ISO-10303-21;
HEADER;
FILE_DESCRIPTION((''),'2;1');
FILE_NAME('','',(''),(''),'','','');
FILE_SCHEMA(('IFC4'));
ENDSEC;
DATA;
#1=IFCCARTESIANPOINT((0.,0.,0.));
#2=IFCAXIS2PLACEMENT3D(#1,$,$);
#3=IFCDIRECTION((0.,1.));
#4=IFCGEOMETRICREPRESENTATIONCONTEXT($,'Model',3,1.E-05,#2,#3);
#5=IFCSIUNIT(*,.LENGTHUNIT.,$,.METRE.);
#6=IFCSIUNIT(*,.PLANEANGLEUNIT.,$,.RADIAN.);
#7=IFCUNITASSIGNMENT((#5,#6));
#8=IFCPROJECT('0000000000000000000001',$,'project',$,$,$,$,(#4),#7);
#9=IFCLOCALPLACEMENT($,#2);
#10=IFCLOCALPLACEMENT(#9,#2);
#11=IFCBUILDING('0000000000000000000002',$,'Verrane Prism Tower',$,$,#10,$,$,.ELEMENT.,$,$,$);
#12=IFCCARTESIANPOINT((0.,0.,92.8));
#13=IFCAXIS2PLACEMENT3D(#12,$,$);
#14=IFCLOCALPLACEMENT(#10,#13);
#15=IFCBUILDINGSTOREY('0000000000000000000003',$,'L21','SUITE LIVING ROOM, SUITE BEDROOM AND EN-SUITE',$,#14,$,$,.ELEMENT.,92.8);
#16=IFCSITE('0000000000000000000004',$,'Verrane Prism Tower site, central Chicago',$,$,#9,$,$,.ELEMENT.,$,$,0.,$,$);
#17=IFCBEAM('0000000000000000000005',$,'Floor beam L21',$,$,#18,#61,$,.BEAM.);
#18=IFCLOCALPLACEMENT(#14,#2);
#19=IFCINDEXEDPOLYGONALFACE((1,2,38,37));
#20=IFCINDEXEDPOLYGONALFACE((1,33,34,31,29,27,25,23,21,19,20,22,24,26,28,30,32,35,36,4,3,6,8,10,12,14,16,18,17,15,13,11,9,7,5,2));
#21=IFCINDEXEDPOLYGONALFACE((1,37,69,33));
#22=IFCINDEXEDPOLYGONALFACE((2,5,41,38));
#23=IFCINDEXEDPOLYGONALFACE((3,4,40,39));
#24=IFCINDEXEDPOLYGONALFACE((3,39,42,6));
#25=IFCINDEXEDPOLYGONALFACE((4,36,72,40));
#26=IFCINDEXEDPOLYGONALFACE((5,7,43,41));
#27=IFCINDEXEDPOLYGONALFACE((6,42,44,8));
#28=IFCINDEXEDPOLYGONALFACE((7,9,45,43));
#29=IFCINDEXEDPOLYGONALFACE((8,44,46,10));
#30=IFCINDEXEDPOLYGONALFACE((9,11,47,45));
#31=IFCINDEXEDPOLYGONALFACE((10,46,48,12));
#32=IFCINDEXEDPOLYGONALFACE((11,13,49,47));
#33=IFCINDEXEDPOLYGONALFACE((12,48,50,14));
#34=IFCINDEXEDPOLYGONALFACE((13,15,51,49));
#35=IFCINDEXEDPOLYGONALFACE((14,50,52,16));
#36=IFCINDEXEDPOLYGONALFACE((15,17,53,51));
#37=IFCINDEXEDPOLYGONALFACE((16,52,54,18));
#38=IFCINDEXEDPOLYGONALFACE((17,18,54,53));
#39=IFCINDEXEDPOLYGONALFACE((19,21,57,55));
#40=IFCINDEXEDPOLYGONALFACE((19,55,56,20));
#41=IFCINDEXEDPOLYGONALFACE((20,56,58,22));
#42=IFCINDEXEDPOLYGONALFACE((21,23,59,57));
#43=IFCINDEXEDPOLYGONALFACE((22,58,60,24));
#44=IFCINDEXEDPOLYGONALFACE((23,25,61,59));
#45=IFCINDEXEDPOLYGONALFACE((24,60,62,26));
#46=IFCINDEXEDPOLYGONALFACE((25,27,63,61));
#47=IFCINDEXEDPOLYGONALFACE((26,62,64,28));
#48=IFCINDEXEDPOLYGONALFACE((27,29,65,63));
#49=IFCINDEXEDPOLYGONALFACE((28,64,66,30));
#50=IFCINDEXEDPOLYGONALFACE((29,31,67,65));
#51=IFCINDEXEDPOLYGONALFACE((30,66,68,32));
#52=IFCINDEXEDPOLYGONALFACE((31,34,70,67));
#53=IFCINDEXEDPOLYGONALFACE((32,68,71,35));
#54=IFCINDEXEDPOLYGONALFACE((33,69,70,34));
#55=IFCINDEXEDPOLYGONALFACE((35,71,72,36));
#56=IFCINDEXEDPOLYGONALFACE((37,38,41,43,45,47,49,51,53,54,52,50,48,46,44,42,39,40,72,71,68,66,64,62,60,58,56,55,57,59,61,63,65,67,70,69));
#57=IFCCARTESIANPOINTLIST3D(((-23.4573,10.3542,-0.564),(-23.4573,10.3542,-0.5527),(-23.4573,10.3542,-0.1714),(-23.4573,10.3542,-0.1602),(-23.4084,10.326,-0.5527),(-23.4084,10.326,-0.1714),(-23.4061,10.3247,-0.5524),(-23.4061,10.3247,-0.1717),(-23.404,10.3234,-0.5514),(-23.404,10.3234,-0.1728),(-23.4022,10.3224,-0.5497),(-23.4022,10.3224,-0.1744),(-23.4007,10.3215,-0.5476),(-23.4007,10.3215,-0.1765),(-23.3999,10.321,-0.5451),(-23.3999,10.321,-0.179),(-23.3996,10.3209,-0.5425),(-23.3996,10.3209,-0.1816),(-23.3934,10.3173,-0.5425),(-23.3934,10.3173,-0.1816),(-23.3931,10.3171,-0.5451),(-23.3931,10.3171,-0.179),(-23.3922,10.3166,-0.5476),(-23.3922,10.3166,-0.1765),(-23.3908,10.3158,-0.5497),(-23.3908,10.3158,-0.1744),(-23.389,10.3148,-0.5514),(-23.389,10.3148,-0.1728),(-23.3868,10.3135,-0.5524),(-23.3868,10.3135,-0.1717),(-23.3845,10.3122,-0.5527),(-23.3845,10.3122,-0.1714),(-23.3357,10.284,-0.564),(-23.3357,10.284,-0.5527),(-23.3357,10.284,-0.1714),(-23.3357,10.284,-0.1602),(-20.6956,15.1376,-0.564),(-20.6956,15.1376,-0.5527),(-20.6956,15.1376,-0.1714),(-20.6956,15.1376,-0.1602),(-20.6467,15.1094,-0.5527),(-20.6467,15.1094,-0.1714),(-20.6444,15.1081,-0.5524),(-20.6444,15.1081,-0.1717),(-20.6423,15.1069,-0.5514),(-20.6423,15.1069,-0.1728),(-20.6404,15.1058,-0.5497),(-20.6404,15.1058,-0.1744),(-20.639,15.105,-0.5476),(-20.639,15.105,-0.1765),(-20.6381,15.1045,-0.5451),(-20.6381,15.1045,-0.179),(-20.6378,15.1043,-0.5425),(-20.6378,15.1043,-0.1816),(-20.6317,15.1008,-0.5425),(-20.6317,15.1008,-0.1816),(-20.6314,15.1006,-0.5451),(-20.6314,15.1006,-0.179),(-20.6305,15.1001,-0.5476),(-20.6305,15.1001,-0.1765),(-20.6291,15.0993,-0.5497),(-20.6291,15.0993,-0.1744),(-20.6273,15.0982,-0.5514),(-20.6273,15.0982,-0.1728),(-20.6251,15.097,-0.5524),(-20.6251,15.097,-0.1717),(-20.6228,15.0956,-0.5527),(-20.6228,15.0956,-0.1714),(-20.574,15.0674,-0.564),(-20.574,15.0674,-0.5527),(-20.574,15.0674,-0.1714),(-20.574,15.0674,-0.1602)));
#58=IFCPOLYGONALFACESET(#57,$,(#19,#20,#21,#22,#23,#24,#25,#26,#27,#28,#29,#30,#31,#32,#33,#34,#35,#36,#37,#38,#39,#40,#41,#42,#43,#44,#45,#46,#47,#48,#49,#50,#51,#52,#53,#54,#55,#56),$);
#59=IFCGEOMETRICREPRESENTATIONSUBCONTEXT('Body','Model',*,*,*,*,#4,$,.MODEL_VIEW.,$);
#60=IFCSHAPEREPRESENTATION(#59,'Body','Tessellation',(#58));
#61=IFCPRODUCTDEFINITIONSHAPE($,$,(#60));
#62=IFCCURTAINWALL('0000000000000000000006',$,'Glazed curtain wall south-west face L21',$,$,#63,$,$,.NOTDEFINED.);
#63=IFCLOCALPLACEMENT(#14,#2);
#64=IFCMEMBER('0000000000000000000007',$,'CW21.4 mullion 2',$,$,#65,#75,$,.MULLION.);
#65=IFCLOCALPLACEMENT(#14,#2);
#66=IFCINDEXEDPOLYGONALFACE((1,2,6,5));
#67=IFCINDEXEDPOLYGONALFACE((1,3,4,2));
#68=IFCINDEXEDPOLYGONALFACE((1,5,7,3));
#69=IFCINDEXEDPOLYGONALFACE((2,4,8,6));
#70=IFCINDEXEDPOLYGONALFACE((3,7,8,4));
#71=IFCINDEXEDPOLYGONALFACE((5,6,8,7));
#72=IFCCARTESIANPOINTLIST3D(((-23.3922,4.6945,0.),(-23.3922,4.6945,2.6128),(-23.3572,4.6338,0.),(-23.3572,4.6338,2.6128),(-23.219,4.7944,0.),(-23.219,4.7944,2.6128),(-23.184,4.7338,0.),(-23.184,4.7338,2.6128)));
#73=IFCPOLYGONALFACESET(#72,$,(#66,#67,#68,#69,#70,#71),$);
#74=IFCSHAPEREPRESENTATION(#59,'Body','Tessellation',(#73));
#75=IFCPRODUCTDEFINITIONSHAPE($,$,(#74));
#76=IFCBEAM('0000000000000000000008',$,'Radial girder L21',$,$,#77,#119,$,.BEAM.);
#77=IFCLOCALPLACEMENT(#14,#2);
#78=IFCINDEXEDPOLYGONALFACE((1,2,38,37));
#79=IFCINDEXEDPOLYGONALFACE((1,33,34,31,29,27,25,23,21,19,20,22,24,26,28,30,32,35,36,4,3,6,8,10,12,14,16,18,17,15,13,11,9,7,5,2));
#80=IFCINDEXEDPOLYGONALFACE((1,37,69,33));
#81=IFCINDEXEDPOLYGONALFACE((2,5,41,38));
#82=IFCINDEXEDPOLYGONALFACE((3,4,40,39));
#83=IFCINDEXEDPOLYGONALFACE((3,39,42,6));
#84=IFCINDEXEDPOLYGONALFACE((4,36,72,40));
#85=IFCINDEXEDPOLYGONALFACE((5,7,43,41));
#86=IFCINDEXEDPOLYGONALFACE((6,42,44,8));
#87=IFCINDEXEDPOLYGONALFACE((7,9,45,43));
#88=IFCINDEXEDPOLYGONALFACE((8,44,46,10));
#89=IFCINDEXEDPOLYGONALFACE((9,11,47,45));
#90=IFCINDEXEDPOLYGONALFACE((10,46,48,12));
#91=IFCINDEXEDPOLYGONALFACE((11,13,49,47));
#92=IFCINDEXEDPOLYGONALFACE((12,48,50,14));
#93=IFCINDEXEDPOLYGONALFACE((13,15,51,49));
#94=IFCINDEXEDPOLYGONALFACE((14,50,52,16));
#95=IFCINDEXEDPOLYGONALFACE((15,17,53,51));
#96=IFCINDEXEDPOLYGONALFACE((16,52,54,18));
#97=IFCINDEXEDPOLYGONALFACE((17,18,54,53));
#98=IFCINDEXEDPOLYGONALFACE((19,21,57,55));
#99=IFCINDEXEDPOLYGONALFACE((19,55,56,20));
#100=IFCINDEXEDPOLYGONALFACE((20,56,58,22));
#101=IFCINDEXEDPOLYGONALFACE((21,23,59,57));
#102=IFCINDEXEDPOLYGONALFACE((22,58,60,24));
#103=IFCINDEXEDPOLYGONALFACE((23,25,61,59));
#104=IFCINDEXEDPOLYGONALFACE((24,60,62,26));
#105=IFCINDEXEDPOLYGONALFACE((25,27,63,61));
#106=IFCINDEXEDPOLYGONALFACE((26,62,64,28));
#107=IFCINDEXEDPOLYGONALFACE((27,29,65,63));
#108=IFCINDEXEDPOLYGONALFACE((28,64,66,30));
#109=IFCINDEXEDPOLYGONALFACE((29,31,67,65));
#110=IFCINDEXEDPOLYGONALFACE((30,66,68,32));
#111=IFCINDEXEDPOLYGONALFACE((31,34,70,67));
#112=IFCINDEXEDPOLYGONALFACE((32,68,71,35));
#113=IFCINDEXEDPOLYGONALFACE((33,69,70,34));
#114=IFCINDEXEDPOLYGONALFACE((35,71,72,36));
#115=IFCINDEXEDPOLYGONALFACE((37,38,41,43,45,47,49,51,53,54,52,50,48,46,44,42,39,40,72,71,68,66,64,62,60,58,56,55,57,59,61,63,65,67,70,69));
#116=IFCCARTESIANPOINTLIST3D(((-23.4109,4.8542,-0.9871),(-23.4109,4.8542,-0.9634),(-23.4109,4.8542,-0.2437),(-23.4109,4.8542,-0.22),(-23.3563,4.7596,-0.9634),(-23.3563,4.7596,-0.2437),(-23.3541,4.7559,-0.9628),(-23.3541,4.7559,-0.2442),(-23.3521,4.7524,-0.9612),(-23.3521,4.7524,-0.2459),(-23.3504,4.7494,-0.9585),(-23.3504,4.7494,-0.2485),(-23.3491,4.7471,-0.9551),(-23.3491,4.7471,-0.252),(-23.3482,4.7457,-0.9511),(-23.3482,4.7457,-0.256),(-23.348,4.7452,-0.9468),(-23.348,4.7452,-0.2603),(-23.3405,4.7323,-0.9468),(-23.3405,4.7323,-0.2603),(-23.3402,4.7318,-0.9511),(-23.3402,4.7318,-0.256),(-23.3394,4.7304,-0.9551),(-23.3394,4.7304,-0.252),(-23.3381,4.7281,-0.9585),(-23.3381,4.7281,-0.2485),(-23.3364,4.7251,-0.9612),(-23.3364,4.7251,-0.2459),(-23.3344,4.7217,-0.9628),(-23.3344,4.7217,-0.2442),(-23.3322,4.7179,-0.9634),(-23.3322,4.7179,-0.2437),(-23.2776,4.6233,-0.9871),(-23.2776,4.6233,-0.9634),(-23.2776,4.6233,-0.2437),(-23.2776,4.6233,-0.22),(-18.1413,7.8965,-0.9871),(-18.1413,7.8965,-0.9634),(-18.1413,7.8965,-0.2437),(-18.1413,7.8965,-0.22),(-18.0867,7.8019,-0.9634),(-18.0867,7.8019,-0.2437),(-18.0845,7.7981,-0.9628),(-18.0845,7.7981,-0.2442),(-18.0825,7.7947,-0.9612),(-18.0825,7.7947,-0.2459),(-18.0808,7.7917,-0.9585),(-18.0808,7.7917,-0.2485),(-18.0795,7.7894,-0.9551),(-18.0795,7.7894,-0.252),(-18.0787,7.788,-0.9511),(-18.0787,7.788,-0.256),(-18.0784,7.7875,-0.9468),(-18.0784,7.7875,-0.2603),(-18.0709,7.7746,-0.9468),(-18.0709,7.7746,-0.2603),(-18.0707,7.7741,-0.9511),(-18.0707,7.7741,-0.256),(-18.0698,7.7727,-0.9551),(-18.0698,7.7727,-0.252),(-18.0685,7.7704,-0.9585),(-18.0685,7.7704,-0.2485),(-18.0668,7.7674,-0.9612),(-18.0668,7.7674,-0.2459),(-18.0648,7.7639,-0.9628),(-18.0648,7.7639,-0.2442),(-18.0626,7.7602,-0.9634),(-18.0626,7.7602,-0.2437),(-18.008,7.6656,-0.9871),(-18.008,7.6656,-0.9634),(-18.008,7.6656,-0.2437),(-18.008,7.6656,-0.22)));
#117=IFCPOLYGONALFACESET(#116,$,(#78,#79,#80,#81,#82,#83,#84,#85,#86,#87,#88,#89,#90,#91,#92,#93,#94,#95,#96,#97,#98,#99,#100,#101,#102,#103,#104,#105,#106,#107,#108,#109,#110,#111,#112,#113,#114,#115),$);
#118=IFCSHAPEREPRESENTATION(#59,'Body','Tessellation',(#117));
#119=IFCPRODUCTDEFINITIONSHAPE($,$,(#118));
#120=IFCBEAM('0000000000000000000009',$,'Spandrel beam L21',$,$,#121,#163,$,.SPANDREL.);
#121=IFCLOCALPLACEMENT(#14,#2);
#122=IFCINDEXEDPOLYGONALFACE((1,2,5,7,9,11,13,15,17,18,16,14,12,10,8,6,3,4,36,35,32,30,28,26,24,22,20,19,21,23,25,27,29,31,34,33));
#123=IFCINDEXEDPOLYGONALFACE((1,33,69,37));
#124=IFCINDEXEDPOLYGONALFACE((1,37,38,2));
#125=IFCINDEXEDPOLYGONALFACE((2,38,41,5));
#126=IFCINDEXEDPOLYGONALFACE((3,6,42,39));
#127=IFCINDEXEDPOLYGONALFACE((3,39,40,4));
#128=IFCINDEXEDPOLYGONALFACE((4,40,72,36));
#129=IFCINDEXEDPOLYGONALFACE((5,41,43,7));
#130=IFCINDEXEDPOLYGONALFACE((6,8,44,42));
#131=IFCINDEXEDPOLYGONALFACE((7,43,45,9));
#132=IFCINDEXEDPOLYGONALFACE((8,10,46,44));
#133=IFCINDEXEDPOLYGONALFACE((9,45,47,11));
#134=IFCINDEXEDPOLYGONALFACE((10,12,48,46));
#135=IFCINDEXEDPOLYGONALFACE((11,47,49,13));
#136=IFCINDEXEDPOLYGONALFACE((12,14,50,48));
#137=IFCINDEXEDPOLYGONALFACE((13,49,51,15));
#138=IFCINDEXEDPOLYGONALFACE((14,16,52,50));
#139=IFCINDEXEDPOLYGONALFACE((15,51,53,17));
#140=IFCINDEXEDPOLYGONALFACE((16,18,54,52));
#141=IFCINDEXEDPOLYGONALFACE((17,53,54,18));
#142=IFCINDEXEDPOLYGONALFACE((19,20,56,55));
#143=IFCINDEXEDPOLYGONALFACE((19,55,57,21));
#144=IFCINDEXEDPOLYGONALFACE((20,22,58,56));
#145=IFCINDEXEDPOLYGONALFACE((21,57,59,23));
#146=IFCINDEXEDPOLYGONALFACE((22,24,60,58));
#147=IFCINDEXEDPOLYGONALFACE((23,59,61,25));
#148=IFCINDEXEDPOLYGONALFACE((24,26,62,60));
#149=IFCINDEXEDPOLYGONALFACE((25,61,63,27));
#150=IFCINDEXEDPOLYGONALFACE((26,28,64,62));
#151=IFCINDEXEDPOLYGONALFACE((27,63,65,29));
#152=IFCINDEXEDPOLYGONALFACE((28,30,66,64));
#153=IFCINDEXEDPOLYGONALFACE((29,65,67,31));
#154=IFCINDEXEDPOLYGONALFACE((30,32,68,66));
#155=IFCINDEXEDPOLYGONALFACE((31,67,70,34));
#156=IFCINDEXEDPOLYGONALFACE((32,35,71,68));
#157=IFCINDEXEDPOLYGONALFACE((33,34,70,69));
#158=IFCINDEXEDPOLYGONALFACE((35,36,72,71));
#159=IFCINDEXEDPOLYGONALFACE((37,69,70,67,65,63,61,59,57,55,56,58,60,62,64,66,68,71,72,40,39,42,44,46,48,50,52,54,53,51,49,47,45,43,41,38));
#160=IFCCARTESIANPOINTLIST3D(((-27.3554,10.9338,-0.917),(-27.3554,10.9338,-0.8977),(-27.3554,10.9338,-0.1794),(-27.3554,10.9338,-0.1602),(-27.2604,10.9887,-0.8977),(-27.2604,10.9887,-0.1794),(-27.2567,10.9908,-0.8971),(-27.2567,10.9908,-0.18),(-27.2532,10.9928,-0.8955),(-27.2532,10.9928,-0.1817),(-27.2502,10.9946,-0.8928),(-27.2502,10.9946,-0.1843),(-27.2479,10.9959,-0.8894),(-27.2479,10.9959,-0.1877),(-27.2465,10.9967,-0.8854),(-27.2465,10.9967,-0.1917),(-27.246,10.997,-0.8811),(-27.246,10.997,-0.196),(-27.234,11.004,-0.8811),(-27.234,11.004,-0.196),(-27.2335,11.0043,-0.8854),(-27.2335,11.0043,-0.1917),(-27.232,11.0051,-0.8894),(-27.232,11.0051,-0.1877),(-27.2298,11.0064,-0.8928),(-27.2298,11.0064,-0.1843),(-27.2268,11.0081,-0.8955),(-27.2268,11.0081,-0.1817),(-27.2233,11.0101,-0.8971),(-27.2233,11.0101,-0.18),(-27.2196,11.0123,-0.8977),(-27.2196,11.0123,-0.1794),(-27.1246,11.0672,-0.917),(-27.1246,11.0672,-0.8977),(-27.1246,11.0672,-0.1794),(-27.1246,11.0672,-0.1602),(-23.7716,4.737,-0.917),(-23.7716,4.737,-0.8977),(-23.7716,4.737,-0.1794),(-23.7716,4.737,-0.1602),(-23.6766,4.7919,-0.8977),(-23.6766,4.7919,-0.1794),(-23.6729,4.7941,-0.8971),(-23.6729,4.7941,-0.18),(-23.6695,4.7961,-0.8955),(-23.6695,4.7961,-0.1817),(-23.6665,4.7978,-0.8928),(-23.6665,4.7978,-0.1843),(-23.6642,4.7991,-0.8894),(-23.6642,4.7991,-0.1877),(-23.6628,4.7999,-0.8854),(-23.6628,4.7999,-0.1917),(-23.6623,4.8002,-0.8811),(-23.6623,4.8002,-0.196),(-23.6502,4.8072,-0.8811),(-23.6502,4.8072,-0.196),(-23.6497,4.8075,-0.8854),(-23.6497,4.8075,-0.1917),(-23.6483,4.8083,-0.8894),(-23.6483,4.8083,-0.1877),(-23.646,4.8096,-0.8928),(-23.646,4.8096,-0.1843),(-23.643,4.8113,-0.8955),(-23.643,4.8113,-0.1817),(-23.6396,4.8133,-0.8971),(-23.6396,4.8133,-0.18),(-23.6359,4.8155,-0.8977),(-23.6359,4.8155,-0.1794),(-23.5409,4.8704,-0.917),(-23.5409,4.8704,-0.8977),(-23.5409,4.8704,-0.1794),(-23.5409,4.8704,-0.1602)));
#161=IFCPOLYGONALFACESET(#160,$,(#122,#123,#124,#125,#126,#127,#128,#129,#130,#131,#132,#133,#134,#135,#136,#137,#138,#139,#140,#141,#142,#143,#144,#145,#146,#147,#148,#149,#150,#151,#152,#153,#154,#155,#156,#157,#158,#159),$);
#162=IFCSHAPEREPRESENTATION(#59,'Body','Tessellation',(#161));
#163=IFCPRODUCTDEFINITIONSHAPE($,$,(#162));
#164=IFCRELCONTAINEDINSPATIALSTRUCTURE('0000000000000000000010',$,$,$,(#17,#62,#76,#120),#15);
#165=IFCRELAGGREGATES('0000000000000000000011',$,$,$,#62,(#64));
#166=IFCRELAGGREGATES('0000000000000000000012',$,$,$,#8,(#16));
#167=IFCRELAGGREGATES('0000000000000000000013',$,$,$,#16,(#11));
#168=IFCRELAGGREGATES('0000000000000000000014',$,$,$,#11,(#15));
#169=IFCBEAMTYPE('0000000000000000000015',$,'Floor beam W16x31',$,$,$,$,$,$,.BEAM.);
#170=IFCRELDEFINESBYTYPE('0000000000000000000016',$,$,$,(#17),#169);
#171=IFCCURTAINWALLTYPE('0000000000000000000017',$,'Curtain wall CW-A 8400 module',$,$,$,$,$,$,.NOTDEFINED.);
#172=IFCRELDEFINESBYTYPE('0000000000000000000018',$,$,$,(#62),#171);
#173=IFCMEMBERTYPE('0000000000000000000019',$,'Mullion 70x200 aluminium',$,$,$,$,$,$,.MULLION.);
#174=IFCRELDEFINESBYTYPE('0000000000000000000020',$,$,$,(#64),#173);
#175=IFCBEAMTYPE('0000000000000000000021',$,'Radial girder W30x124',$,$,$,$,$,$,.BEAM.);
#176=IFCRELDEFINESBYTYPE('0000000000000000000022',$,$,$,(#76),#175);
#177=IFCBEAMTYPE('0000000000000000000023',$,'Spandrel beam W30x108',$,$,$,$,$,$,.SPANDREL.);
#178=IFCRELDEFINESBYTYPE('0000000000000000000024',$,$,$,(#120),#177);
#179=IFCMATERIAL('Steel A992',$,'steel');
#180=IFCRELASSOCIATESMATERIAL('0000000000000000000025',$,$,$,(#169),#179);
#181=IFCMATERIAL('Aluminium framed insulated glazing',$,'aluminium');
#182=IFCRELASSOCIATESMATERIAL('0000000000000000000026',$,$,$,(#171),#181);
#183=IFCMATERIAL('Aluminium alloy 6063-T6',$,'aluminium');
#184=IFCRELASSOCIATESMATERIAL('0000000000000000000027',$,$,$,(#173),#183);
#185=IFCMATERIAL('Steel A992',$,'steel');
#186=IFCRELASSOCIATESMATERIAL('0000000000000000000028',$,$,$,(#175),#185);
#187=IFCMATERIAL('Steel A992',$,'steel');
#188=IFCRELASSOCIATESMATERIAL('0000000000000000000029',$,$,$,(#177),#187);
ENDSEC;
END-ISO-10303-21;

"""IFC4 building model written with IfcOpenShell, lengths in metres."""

from ifc_helpers import new_model, si_unit, direction, frame, origin, origin_2d, place, context, subcontext, project, spatial, rectangle, i_section, extrude, material, material_profile, profile_set, type_object, element, aggregate, save


model = new_model("IFC4")

# Units and contexts
model_context = context("Model", 3, precision=1e-05, world=origin(), true_north=direction((0.0, 1.0)))
body_context = subcontext(model_context, "Body", "Model", "MODEL_VIEW")
ifc_project = project(units=[si_unit("LENGTHUNIT", "METRE"), si_unit("PLANEANGLEUNIT", "RADIAN")], contexts=[model_context])

# Site, building, storey
site_placement = place(None, origin())
site = spatial("IfcSite", under=ifc_project, at=site_placement, Name="Verrane Prism Tower site, central Chicago", CompositionType="ELEMENT", RefElevation=0.0)
building_placement = place(site_placement, origin())
building = spatial("IfcBuilding", under=site, at=building_placement, Name="Verrane Prism Tower", CompositionType="ELEMENT")
storey_placement = place(building_placement, frame((0.0, 0.0, 92.8)))
storey = spatial("IfcBuildingStorey", under=building, at=storey_placement, Name="L21", Description="SUITE LIVING ROOM, SUITE BEDROOM AND EN-SUITE", CompositionType="ELEMENT", Elevation=92.8)

# Beam
ifc_material_1 = material(Name="Steel A992", Category="steel")
ifc_material_profile_1 = material_profile(ifc_material_1, i_section(OverallWidth=0.1404, OverallDepth=0.4038, WebThickness=0.0071, FlangeThickness=0.0112, FilletRadius=0.0103, at=origin_2d()), Name="W16x31")
ifc_profile_set_1 = profile_set([ifc_material_profile_1], Name="Steel A992")
beam_type_1 = type_object("IfcBeamType", Name="Floor beam W16x31", PredefinedType="BEAM", material=ifc_profile_set_1)
beam_1_placement = place(storey_placement, frame((-23.3965, 10.3191, -0.3621), z_axis=(0.499999, 0.866026, 0.0), x_axis=(-0.866026, 0.499999, 0.0)))
element("IfcBeam", 1, at=beam_1_placement, inside=storey, type_object=beam_type_1, Name="Floor beam L21", PredefinedType="BEAM", context=body_context, shape_type="SweptSolid", body=[
    extrude(i_section(OverallWidth=0.1404, OverallDepth=0.4038, WebThickness=0.0071, FlangeThickness=0.0112, FilletRadius=0.0103, at=origin_2d()), origin(), (0.0, 0.0, 1.0), 5.5234),
])

# Curtain wall, member
ifc_material_2 = material(Name="Aluminium framed insulated glazing", Category="aluminium")
curtain_wall_type = type_object("IfcCurtainWallType", Name="Curtain wall CW-A 8400 module", PredefinedType="NOTDEFINED", material=ifc_material_2)
curtain_wall_placement = place(storey_placement, origin())
curtain_wall = element("IfcCurtainWall", 2, at=curtain_wall_placement, inside=storey, type_object=curtain_wall_type, Name="Glazed curtain wall south-west face L21", PredefinedType="NOTDEFINED")
ifc_material_3 = material(Name="Aluminium alloy 6063-T6", Category="aluminium")
ifc_material_profile_2 = material_profile(ifc_material_3, rectangle(XDim=0.2, YDim=0.0701, at=origin_2d()), Name="Mullion 70x200 aluminium")
ifc_profile_set_2 = profile_set([ifc_material_profile_2], Name="Aluminium alloy 6063-T6")
member_type_1 = type_object("IfcMemberType", Name="Mullion 70x200 aluminium", PredefinedType="MULLION", material=ifc_profile_set_2)
member_1_placement = place(storey_placement, frame((-23.2881, 4.7141, 0.0), z_axis=(0.0, 0.0, 1.0), x_axis=(0.866026, 0.5, 0.0)))
member_1 = element("IfcMember", 3, at=member_1_placement, type_object=member_type_1, Name="CW21.4 mullion 2", PredefinedType="MULLION", context=body_context, shape_type="SweptSolid", body=[
    extrude(rectangle(XDim=0.2, YDim=0.0701, at=origin_2d()), origin(), (0.0, 0.0, 1.0), 2.6128),
])

# Beams
ifc_material_4 = material(Name="Steel A992", Category="steel")
ifc_material_profile_3 = material_profile(ifc_material_4, i_section(OverallWidth=0.2666, OverallDepth=0.7671, WebThickness=0.0149, FlangeThickness=0.0237, FilletRadius=0.0166, at=origin_2d()), Name="W30x124")
ifc_profile_set_3 = profile_set([ifc_material_profile_3], Name="Steel A992")
beam_type_2 = type_object("IfcBeamType", Name="Radial girder W30x124", PredefinedType="BEAM", material=ifc_profile_set_3)
beam_2_placement = place(storey_placement, frame((-23.3442, 4.7388, -0.6035), z_axis=(0.866035, 0.499984, 0.0), x_axis=(-0.499984, 0.866035, 0.0)))
element("IfcBeam", 4, at=beam_2_placement, inside=storey, type_object=beam_type_2, Name="Radial girder L21", PredefinedType="BEAM", context=body_context, shape_type="SweptSolid", body=[
    extrude(i_section(OverallWidth=0.2666, OverallDepth=0.7671, WebThickness=0.0149, FlangeThickness=0.0237, FilletRadius=0.0166, at=origin_2d()), origin(), (0.0, 0.0, 1.0), 6.0847),
])
ifc_material_5 = material(Name="Steel A992", Category="steel")
ifc_material_profile_4 = material_profile(ifc_material_5, i_section(OverallWidth=0.2666, OverallDepth=0.7568, WebThickness=0.0139, FlangeThickness=0.0193, FilletRadius=0.0166, at=origin_2d()), Name="W30x108")
ifc_profile_set_4 = profile_set([ifc_material_profile_4], Name="Steel A992")
beam_type_3 = type_object("IfcBeamType", Name="Spandrel beam W30x108", PredefinedType="SPANDREL", material=ifc_profile_set_4)
beam_3_placement = place(storey_placement, frame((-27.24, 11.0005, -0.5386), z_axis=(0.500632, -0.86566, 0.0), x_axis=(0.86566, 0.500632, 0.0)))
element("IfcBeam", 5, at=beam_3_placement, inside=storey, type_object=beam_type_3, Name="Spandrel beam L21", PredefinedType="SPANDREL", context=body_context, shape_type="SweptSolid", body=[
    extrude(i_section(OverallWidth=0.2666, OverallDepth=0.7568, WebThickness=0.0139, FlangeThickness=0.0193, FilletRadius=0.0166, at=origin_2d()), origin(), (0.0, 0.0, 1.0), 7.1584),
])

aggregate(curtain_wall, [member_1])

save(model, "model.ifc")
